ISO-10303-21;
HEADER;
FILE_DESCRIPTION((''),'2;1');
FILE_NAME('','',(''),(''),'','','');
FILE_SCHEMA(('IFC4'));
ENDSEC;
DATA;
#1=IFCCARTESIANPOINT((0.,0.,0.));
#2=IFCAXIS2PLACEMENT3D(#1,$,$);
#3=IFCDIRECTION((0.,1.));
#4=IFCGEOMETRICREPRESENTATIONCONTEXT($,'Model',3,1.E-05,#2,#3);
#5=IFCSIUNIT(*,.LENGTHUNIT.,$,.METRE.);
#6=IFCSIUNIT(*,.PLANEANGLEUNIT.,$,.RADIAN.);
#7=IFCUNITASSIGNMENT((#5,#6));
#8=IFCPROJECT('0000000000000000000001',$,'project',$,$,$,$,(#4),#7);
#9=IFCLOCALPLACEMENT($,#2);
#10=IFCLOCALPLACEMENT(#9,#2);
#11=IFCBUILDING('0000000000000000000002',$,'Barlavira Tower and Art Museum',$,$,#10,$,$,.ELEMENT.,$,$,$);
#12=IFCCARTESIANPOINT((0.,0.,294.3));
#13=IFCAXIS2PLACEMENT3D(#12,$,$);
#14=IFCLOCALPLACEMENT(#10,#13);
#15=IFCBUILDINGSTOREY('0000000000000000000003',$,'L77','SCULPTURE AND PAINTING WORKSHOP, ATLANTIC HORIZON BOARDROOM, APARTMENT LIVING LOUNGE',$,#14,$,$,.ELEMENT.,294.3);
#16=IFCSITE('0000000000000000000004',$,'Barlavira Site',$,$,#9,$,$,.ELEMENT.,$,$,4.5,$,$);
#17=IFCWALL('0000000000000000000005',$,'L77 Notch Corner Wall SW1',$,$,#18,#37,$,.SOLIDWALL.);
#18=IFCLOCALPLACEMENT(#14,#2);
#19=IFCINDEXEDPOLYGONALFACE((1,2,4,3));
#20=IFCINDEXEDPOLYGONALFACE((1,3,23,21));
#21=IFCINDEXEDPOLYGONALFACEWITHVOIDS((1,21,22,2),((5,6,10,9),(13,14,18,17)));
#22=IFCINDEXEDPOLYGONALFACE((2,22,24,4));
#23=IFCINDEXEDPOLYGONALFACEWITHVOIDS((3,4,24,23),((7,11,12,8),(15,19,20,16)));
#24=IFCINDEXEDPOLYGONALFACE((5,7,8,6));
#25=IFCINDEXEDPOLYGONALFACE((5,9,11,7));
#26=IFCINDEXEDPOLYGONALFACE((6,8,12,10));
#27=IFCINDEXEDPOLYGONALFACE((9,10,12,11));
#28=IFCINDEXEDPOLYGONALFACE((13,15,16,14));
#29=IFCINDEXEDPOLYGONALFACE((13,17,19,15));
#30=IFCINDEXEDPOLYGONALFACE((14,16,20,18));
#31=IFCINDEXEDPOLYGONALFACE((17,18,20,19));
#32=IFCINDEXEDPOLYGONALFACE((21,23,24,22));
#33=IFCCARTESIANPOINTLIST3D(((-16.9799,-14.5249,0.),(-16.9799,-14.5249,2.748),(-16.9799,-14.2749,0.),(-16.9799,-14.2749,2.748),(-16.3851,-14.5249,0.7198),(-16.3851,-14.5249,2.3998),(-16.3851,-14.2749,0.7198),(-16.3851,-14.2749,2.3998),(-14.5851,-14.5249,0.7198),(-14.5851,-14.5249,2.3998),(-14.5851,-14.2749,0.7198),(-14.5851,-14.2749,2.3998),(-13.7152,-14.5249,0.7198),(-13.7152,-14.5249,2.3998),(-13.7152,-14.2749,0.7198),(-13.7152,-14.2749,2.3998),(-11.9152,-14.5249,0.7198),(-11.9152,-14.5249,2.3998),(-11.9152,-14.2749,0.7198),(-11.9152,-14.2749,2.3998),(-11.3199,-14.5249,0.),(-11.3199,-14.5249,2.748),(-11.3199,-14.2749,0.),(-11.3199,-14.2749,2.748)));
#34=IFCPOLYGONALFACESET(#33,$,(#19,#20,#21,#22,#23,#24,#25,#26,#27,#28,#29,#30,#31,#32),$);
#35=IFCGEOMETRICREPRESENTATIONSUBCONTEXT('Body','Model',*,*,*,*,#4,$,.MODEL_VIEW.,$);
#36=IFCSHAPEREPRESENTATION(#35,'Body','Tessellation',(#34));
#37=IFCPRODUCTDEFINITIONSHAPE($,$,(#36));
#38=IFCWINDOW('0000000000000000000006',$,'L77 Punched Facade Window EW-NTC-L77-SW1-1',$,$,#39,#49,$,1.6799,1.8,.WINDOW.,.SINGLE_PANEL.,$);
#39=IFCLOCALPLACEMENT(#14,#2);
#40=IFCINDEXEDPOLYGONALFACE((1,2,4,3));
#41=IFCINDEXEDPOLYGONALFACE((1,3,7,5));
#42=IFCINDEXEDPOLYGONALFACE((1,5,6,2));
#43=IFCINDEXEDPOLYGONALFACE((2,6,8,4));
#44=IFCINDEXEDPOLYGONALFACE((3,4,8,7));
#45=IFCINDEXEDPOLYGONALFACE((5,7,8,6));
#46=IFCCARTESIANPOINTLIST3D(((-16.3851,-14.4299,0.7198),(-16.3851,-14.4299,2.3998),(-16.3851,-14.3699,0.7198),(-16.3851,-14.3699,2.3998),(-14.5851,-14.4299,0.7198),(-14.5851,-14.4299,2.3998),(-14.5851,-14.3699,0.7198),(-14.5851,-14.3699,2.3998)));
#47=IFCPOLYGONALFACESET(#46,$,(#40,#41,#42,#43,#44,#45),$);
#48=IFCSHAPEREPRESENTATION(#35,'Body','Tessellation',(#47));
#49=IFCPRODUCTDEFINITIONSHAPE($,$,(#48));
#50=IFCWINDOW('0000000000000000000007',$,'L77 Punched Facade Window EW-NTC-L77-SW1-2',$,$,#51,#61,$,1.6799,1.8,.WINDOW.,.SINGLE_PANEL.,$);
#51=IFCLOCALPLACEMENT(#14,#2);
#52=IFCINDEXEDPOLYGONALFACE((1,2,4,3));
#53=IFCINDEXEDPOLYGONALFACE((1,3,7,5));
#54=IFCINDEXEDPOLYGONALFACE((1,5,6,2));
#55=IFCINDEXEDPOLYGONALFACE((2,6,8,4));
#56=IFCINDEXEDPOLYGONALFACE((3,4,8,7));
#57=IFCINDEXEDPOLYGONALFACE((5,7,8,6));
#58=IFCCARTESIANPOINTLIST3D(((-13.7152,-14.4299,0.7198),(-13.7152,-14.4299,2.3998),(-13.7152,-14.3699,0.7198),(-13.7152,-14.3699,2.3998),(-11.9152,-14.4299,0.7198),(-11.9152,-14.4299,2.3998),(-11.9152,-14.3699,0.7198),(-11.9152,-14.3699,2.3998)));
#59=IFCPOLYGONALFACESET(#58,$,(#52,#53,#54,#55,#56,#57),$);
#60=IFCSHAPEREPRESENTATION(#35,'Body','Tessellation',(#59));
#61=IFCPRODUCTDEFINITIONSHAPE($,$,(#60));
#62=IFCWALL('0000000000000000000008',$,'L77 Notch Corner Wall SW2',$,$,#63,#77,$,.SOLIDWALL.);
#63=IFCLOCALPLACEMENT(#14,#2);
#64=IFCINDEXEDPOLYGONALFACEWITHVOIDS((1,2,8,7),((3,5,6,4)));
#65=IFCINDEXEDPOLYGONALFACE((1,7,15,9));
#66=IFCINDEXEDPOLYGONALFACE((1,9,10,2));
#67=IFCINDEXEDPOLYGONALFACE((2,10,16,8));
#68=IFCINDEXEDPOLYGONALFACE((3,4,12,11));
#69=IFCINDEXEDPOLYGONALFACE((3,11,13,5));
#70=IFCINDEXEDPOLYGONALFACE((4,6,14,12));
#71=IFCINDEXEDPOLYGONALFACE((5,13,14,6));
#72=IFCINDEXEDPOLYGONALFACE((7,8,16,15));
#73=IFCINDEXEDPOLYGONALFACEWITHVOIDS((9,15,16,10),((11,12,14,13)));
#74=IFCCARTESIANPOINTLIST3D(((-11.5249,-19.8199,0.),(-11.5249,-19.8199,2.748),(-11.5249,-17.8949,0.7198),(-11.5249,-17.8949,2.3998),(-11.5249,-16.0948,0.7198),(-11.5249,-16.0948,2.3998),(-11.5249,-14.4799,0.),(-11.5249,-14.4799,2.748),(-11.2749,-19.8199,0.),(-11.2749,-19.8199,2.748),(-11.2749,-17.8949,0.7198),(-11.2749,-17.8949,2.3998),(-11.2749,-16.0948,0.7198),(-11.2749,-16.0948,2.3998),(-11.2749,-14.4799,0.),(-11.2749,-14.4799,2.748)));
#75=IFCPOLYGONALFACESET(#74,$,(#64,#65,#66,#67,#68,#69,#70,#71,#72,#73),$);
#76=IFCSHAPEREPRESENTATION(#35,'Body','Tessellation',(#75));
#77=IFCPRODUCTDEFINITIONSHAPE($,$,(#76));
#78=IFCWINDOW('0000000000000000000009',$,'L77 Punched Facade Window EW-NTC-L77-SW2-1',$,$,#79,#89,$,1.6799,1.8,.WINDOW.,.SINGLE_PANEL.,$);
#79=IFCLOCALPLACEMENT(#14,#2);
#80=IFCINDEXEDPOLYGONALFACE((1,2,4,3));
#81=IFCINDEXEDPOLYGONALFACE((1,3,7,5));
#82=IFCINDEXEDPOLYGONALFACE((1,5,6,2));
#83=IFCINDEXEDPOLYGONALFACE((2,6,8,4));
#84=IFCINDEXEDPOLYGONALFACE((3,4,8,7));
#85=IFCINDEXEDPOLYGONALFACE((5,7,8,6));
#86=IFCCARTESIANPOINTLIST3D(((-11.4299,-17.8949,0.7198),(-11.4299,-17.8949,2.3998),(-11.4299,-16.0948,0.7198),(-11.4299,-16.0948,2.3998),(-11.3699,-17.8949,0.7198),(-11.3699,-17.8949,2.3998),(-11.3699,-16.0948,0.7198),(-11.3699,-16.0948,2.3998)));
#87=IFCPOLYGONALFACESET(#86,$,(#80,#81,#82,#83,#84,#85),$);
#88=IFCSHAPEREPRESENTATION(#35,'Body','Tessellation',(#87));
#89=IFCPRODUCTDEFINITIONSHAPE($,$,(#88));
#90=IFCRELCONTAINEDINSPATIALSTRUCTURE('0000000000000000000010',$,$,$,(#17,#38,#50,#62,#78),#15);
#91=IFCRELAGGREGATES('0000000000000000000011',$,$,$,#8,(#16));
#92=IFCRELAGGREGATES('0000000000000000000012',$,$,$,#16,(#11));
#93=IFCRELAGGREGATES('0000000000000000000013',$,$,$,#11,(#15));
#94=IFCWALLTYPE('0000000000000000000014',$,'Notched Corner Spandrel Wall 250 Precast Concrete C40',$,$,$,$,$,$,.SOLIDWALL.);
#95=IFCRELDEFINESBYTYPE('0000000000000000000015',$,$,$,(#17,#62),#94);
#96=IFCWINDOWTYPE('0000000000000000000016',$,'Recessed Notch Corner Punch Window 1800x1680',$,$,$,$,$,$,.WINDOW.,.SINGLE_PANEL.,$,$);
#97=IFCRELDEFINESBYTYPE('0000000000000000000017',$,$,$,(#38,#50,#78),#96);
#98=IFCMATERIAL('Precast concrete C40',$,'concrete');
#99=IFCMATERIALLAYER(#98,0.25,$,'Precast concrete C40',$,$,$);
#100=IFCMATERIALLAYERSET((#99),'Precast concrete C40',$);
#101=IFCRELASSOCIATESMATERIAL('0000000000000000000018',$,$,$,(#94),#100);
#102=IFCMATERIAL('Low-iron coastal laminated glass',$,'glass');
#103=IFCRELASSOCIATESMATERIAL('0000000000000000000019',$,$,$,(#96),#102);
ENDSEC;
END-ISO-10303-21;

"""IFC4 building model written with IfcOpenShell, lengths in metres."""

from ifc_helpers import new_model, si_unit, direction, frame, frame_2d, origin, place, context, subcontext, project, spatial, rectangle, extrude, material, layer, layer_set, type_object, element, fill, save


model = new_model("IFC4")

# Units and contexts
model_context = context("Model", 3, precision=1e-05, world=origin(), true_north=direction((0.0, 1.0)))
body_context = subcontext(model_context, "Body", "Model", "MODEL_VIEW")
ifc_project = project(units=[si_unit("LENGTHUNIT", "METRE"), si_unit("PLANEANGLEUNIT", "RADIAN")], contexts=[model_context])

# Site, building, storey
site_placement = place(None, origin())
site = spatial("IfcSite", under=ifc_project, at=site_placement, Name="Barlavira Site", CompositionType="ELEMENT", RefElevation=4.5)
building_placement = place(site_placement, origin())
building = spatial("IfcBuilding", under=site, at=building_placement, Name="Barlavira Tower and Art Museum", CompositionType="ELEMENT")
storey_placement = place(building_placement, frame((0.0, 0.0, 294.3)))
storey = spatial("IfcBuildingStorey", under=building, at=storey_placement, Name="L77", Description="SCULPTURE AND PAINTING WORKSHOP, ATLANTIC HORIZON BOARDROOM, APARTMENT LIVING LOUNGE", CompositionType="ELEMENT", Elevation=294.3)

# Shared definitions
ifc_material_1 = material(Name="Precast concrete C40", Category="concrete")
ifc_layer_1 = layer(ifc_material_1, 0.25, Name="Precast concrete C40")
ifc_layer_set_1 = layer_set([ifc_layer_1], Name="Precast concrete C40")
wall_type = type_object("IfcWallType", Name="Notched Corner Spandrel Wall 250 Precast Concrete C40", PredefinedType="SOLIDWALL", material=ifc_layer_set_1)
ifc_material_2 = material(Name="Low-iron coastal laminated glass", Category="glass")
window_type = type_object("IfcWindowType", Name="Recessed Notch Corner Punch Window 1800x1680", PartitioningType="SINGLE_PANEL", PredefinedType="WINDOW", material=ifc_material_2)

# Wall, openings, windows
wall_1_placement = place(storey_placement, frame((-16.98, -14.3999, 0.0), z_axis=(0.0, 0.0, 1.0), x_axis=(1.0, 0.0, 0.0)))
wall_1 = element("IfcWall", 1, at=wall_1_placement, inside=storey, type_object=wall_type, Name="L77 Notch Corner Wall SW1", PredefinedType="SOLIDWALL", context=body_context, shape_type="SweptSolid", body=[
    extrude(rectangle(XDim=5.6599, YDim=0.25, at=frame_2d((2.8301, 0.0))), origin(), (0.0, 0.0, 1.0), 2.748),
])
opening_1_placement = place(wall_1_placement, frame((0.595, 0.0, 0.72)))
opening_1 = element("IfcOpeningElement", 2, at=opening_1_placement, cuts=wall_1, PredefinedType="OPENING", context=body_context, shape_type="SweptSolid", body=[
    extrude(rectangle(XDim=1.8, YDim=1.6799, at=frame_2d((0.8999, 0.8398))), frame((0.0, 0.135, 0.0), z_axis=(0.0, -1.0, 0.0), x_axis=(1.0, 0.0, 0.0)), (0.0, 0.0, 1.0), 0.27),
])
opening_2_placement = place(wall_1_placement, frame((3.2649, 0.0, 0.72)))
opening_2 = element("IfcOpeningElement", 3, at=opening_2_placement, cuts=wall_1, PredefinedType="OPENING", context=body_context, shape_type="SweptSolid", body=[
    extrude(rectangle(XDim=1.8, YDim=1.6799, at=frame_2d((0.8999, 0.8398))), frame((0.0, 0.135, 0.0), z_axis=(0.0, -1.0, 0.0), x_axis=(1.0, 0.0, 0.0)), (0.0, 0.0, 1.0), 0.27),
])
window_1_placement = place(opening_1_placement, origin())
window_1 = element("IfcWindow", 4, at=window_1_placement, inside=storey, type_object=window_type, Name="L77 Punched Facade Window EW-NTC-L77-SW1-1", OverallHeight=1.6799, OverallWidth=1.8, PartitioningType="SINGLE_PANEL", PredefinedType="WINDOW", context=body_context, shape_type="SweptSolid", body=[
    extrude(rectangle(XDim=1.8, YDim=1.6799, at=frame_2d((0.8999, 0.8398))), frame((0.0, 0.03, 0.0), z_axis=(0.0, -1.0, 0.0), x_axis=(1.0, 0.0, 0.0)), (0.0, 0.0, 1.0), 0.0601),
])
fill(opening_1, window_1)
window_2_placement = place(opening_2_placement, origin())
window_2 = element("IfcWindow", 5, at=window_2_placement, inside=storey, type_object=window_type, Name="L77 Punched Facade Window EW-NTC-L77-SW1-2", OverallHeight=1.6799, OverallWidth=1.8, PartitioningType="SINGLE_PANEL", PredefinedType="WINDOW", context=body_context, shape_type="SweptSolid", body=[
    extrude(rectangle(XDim=1.8, YDim=1.6799, at=frame_2d((0.8999, 0.8398))), frame((0.0, 0.03, 0.0), z_axis=(0.0, -1.0, 0.0), x_axis=(1.0, 0.0, 0.0)), (0.0, 0.0, 1.0), 0.0601),
])
fill(opening_2, window_2)

# Wall, opening, window
wall_2_placement = place(storey_placement, frame((-11.3999, -14.48, 0.0), z_axis=(0.0, 0.0, 1.0), x_axis=(0.0, -1.0, 0.0)))
wall_2 = element("IfcWall", 6, at=wall_2_placement, inside=storey, type_object=wall_type, Name="L77 Notch Corner Wall SW2", PredefinedType="SOLIDWALL", context=body_context, shape_type="SweptSolid", body=[
    extrude(rectangle(XDim=5.3401, YDim=0.25, at=frame_2d((2.6699, 0.0))), origin(), (0.0, 0.0, 1.0), 2.748),
])
opening_3_placement = place(wall_2_placement, frame((1.615, 0.0, 0.72)))
opening_3 = element("IfcOpeningElement", 7, at=opening_3_placement, cuts=wall_2, PredefinedType="OPENING", context=body_context, shape_type="SweptSolid", body=[
    extrude(rectangle(XDim=1.8, YDim=1.6799, at=frame_2d((0.8999, 0.8398))), frame((0.0, 0.135, 0.0), z_axis=(0.0, -1.0, 0.0), x_axis=(1.0, 0.0, 0.0)), (0.0, 0.0, 1.0), 0.27),
])
window_3_placement = place(opening_3_placement, origin())
window_3 = element("IfcWindow", 8, at=window_3_placement, inside=storey, type_object=window_type, Name="L77 Punched Facade Window EW-NTC-L77-SW2-1", OverallHeight=1.6799, OverallWidth=1.8, PartitioningType="SINGLE_PANEL", PredefinedType="WINDOW", context=body_context, shape_type="SweptSolid", body=[
    extrude(rectangle(XDim=1.8, YDim=1.6799, at=frame_2d((0.8999, 0.8398))), frame((0.0, 0.03, 0.0), z_axis=(0.0, -1.0, 0.0), x_axis=(1.0, 0.0, 0.0)), (0.0, 0.0, 1.0), 0.0601),
])
fill(opening_3, window_3)

save(model, "model.ifc")
